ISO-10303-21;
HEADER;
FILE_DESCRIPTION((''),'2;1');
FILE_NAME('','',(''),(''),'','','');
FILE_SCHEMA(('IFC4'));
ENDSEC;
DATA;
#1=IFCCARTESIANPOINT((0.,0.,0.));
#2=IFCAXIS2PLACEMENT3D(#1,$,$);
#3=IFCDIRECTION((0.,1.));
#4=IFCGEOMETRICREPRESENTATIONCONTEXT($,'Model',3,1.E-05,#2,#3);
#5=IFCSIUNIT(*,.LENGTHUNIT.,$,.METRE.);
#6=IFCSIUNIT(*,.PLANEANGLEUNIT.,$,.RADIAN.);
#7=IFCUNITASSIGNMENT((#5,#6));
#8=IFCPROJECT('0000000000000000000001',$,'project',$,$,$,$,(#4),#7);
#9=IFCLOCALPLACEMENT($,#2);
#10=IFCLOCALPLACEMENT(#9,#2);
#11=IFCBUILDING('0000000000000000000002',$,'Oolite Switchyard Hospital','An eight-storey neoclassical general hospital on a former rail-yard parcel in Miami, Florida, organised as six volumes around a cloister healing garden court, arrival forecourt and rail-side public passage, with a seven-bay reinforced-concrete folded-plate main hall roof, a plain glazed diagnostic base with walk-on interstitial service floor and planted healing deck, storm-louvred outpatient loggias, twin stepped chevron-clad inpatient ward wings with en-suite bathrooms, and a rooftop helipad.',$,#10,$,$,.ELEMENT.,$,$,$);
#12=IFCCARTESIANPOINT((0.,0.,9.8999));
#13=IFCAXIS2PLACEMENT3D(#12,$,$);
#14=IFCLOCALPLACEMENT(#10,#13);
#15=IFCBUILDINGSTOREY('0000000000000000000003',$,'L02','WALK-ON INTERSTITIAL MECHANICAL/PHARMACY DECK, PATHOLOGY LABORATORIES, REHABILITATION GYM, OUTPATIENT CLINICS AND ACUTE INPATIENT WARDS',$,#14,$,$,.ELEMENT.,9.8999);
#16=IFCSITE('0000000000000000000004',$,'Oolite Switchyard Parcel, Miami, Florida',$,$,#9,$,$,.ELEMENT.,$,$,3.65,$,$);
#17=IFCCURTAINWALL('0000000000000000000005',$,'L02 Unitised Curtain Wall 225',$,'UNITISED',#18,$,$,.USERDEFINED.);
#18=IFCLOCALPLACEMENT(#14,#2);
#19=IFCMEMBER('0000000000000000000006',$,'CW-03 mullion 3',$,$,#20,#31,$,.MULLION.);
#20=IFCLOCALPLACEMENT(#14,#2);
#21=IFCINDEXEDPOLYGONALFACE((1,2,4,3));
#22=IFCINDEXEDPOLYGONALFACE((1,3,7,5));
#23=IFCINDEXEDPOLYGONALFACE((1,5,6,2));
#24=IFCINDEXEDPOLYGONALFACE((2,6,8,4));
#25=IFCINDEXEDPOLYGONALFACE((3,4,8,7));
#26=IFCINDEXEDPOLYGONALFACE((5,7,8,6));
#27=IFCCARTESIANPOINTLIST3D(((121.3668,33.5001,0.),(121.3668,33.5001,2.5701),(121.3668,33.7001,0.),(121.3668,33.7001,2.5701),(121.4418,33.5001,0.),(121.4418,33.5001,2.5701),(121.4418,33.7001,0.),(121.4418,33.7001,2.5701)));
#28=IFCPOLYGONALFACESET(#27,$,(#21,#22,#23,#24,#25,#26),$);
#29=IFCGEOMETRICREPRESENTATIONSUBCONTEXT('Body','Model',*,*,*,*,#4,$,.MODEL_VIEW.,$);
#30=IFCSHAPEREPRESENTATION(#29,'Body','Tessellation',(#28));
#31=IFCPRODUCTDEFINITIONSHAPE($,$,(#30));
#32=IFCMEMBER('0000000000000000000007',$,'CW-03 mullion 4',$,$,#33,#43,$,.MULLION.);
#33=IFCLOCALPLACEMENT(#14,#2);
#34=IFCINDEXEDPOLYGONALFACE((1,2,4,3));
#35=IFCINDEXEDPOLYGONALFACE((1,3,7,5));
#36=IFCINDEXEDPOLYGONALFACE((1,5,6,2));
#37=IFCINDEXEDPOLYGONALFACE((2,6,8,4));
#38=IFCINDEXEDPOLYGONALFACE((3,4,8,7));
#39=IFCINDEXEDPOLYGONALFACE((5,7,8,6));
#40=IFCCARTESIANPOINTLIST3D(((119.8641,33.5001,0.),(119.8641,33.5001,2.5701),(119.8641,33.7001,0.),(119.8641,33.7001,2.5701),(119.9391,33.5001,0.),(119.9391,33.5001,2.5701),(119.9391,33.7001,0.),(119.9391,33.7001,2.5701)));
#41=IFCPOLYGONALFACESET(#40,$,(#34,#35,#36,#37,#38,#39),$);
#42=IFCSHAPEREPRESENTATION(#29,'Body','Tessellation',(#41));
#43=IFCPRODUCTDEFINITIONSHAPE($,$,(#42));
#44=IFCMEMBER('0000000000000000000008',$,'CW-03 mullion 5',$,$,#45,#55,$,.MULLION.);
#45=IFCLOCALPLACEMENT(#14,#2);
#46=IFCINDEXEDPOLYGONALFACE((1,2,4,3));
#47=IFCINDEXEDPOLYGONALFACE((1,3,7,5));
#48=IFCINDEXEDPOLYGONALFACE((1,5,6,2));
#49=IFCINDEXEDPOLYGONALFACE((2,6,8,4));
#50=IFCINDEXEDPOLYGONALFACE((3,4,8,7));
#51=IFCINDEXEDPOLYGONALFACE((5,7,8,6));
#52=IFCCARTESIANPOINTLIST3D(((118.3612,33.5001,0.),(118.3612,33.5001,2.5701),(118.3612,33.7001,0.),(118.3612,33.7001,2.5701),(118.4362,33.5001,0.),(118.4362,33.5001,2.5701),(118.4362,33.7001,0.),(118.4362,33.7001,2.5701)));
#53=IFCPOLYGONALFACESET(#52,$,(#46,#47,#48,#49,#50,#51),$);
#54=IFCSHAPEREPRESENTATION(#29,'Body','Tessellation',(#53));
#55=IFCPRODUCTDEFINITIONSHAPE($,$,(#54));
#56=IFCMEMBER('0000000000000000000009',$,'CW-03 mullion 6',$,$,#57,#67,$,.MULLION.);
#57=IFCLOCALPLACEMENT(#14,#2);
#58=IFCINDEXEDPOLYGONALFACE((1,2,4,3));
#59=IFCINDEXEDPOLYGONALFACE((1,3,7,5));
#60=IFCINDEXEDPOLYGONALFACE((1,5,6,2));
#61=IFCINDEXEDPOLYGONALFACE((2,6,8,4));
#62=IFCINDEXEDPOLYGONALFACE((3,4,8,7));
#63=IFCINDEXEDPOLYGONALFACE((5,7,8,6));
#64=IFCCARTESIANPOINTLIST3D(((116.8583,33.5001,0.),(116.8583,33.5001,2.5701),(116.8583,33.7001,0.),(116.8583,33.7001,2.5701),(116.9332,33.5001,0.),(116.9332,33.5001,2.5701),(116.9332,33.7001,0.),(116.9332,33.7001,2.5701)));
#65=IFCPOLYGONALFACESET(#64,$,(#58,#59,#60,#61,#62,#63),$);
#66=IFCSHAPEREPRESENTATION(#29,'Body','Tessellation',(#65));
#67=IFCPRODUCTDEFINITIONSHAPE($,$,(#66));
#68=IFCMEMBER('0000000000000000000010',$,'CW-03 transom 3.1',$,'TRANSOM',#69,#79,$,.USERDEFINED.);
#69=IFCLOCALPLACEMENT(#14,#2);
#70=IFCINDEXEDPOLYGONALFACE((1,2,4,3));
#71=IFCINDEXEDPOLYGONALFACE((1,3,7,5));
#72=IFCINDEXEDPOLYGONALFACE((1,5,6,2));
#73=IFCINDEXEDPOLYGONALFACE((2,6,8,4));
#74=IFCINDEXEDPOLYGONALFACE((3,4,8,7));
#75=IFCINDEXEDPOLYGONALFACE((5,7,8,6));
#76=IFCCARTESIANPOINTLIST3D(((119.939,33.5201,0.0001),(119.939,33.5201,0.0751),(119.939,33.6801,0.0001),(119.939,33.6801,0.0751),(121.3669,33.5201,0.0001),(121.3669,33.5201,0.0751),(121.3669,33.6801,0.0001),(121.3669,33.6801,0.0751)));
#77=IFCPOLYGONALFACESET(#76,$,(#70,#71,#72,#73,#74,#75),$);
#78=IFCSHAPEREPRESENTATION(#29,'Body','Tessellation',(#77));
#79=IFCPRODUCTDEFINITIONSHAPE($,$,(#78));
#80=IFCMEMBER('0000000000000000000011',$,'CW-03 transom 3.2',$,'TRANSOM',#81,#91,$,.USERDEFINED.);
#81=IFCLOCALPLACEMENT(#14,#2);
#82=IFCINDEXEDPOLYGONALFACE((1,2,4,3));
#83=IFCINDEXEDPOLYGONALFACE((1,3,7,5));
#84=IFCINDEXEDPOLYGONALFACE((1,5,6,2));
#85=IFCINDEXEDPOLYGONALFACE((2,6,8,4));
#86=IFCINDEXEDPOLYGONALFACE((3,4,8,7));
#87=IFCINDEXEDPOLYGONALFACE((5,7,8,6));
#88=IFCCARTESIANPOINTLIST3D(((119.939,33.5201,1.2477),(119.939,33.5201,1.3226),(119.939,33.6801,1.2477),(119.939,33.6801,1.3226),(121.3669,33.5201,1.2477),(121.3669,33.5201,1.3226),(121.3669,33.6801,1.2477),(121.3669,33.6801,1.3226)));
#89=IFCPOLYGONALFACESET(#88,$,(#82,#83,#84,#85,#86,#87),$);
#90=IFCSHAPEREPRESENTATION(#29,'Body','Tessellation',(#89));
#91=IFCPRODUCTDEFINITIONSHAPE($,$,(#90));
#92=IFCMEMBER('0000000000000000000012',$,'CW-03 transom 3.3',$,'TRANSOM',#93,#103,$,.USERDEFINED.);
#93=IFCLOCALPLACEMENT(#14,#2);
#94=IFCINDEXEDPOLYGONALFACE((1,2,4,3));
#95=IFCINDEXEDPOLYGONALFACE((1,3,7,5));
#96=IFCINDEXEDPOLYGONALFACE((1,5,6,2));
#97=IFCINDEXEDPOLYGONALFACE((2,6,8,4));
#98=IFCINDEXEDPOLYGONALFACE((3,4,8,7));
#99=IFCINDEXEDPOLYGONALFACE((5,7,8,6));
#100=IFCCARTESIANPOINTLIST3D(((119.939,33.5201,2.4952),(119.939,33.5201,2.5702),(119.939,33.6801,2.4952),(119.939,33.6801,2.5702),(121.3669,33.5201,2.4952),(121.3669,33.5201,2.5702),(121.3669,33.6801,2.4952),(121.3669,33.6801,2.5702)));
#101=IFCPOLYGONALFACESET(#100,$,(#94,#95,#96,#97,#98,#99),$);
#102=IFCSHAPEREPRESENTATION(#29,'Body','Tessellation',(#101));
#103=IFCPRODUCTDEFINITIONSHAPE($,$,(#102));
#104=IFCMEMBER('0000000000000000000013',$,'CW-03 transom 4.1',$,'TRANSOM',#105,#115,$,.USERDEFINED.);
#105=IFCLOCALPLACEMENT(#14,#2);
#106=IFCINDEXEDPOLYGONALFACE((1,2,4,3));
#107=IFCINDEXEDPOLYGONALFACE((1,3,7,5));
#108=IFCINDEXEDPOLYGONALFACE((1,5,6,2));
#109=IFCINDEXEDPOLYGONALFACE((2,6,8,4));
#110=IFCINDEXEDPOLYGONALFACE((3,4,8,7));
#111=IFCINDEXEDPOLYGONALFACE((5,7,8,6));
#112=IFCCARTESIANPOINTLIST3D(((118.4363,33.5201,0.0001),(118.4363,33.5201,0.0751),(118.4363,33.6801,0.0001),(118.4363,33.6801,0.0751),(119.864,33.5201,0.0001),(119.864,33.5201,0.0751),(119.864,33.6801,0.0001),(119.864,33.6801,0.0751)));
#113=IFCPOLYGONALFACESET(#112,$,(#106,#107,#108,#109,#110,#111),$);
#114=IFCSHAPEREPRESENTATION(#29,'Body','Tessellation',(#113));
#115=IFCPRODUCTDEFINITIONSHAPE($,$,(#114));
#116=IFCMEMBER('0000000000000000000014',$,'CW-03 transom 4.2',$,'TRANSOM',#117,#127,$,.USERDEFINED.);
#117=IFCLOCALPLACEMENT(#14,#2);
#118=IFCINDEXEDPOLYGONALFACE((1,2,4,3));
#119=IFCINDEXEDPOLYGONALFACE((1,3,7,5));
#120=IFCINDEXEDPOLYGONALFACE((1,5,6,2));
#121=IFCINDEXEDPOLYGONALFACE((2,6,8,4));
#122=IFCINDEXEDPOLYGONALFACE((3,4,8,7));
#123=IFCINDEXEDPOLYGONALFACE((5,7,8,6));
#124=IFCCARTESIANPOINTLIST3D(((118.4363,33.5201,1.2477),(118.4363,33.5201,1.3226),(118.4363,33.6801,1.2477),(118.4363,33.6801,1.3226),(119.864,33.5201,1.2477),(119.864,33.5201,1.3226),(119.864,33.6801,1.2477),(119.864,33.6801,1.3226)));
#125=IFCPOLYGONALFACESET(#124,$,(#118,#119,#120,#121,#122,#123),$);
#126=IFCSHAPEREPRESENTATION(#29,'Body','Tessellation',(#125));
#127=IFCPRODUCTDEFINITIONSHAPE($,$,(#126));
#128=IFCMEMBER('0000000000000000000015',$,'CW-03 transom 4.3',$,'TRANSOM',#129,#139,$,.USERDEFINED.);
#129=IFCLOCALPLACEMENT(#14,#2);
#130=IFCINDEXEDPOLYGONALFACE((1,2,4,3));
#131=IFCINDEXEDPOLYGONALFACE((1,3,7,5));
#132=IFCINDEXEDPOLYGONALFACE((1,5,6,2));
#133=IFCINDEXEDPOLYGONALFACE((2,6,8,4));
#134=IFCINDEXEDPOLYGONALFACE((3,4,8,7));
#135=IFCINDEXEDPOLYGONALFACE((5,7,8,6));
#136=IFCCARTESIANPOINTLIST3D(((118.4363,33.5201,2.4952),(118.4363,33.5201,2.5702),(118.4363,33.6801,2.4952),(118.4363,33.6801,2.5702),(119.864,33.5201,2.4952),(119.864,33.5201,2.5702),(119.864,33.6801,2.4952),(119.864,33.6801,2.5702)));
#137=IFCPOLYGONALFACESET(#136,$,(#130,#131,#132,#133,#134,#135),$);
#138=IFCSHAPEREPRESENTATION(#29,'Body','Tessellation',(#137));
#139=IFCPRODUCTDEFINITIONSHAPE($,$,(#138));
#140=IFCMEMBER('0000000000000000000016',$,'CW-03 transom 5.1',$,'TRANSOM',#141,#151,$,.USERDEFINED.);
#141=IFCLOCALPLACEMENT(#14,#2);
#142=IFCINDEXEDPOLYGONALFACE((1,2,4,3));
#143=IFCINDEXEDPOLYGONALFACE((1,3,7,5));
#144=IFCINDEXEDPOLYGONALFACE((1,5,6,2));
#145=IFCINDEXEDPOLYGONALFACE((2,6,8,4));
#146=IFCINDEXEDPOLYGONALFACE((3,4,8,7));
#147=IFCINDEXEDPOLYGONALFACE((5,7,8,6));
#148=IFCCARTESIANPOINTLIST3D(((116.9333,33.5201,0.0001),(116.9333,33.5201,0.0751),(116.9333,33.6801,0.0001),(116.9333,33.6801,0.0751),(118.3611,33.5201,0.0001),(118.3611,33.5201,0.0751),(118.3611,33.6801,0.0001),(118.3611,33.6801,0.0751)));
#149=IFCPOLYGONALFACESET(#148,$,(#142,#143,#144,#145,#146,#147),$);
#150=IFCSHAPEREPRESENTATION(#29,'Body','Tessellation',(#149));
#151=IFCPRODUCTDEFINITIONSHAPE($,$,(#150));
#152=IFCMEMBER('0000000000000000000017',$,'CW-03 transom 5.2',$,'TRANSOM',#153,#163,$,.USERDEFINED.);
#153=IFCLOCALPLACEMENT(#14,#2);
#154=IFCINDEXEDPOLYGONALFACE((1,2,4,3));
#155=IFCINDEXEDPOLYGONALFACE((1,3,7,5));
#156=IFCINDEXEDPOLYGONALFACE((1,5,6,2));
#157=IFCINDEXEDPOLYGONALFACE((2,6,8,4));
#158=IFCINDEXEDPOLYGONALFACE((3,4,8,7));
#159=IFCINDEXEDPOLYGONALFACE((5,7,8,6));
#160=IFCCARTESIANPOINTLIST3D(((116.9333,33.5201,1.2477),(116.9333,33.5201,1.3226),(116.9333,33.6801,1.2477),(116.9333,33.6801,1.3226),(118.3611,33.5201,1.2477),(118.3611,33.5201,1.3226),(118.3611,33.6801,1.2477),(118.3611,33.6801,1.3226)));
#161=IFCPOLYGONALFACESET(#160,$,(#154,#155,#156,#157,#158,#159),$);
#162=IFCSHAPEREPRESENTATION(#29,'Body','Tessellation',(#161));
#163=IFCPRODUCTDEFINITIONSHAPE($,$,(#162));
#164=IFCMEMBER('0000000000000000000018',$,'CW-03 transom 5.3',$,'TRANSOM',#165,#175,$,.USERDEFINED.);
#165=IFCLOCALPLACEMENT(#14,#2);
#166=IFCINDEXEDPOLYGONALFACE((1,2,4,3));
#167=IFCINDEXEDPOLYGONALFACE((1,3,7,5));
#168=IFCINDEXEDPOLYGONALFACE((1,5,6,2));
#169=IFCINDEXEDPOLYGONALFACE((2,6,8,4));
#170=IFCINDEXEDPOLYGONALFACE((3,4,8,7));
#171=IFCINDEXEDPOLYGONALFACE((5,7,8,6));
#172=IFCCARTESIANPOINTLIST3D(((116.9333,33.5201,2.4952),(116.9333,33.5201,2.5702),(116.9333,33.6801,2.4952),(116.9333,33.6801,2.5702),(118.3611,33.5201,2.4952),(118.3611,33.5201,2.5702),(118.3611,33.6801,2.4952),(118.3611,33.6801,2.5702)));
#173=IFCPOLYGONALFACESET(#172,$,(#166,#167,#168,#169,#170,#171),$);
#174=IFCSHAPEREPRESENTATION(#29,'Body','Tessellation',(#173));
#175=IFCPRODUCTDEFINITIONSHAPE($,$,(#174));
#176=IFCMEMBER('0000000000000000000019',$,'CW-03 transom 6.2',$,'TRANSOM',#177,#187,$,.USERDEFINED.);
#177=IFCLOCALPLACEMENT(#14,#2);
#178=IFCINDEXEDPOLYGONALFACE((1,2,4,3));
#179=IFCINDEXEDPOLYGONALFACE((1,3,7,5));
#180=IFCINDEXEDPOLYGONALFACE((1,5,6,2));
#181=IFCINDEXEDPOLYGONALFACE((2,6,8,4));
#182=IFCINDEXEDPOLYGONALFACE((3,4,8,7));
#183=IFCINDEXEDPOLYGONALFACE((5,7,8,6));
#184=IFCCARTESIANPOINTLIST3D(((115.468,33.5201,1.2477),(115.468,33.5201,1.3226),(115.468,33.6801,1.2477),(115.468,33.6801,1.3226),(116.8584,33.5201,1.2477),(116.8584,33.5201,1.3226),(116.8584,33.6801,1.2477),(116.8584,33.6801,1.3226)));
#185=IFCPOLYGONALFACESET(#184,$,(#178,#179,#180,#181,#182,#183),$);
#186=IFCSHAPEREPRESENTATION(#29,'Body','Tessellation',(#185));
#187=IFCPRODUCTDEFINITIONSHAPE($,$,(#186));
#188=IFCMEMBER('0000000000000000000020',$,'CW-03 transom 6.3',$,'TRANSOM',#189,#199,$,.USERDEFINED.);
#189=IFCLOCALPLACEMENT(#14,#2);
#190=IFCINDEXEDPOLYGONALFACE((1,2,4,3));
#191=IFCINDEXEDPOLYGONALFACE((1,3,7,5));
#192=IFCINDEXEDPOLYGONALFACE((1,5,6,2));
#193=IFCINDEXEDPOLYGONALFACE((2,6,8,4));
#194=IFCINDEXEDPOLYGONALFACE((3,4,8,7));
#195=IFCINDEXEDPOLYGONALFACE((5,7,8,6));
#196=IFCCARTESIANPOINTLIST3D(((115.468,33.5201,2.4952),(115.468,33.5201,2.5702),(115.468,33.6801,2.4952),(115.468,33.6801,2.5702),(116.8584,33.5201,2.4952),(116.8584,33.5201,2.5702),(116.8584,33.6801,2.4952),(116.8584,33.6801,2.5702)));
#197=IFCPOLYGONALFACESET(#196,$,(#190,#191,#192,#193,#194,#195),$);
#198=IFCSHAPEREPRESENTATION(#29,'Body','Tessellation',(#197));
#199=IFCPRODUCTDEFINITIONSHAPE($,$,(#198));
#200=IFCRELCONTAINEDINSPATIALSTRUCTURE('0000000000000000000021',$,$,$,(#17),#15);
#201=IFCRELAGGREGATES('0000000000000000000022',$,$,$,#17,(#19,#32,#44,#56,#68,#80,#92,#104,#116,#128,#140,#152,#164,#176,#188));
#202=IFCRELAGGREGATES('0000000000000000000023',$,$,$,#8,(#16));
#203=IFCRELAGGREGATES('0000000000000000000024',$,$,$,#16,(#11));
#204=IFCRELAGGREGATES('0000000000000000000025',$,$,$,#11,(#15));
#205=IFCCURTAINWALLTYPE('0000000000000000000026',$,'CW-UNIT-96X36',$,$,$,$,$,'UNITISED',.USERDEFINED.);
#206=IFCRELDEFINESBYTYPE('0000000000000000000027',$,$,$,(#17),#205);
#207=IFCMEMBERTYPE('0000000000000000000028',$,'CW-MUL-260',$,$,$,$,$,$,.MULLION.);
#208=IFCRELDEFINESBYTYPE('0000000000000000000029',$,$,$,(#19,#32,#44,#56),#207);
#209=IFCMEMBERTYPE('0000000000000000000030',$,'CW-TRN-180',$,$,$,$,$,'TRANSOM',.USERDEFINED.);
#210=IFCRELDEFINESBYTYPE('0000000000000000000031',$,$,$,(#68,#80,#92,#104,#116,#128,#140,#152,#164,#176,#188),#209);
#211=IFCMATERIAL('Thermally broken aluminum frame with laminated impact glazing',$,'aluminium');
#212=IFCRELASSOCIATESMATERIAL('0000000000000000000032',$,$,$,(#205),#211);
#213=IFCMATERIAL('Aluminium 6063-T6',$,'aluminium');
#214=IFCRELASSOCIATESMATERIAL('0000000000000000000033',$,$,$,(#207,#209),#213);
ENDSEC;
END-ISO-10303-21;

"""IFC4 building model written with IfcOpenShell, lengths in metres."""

from ifc_helpers import new_model, si_unit, direction, frame, origin, origin_2d, place, context, subcontext, project, spatial, rectangle, extrude, material, material_profile, profile_set, type_object, element, aggregate, save


model = new_model("IFC4")

# Units and contexts
model_context = context("Model", 3, precision=1e-05, world=origin(), true_north=direction((0.0, 1.0)))
body_context = subcontext(model_context, "Body", "Model", "MODEL_VIEW")
ifc_project = project(units=[si_unit("LENGTHUNIT", "METRE"), si_unit("PLANEANGLEUNIT", "RADIAN")], contexts=[model_context])

# Site, building, storey
site_placement = place(None, origin())
site = spatial("IfcSite", under=ifc_project, at=site_placement, Name="Oolite Switchyard Parcel, Miami, Florida", CompositionType="ELEMENT", RefElevation=3.65)
building_placement = place(site_placement, origin())
building = spatial("IfcBuilding", under=site, at=building_placement, Name="Oolite Switchyard Hospital", Description="An eight-storey neoclassical general hospital on a former rail-yard parcel in Miami, Florida, organised as six volumes around a cloister healing garden court, arrival forecourt and rail-side public passage, with a seven-bay reinforced-concrete folded-plate main hall roof, a plain glazed diagnostic base with walk-on interstitial service floor and planted healing deck, storm-louvred outpatient loggias, twin stepped chevron-clad inpatient ward wings with en-suite bathrooms, and a rooftop helipad.", CompositionType="ELEMENT")
storey_placement = place(building_placement, frame((0.0, 0.0, 9.8999)))
storey = spatial("IfcBuildingStorey", under=building, at=storey_placement, Name="L02", Description="WALK-ON INTERSTITIAL MECHANICAL/PHARMACY DECK, PATHOLOGY LABORATORIES, REHABILITATION GYM, OUTPATIENT CLINICS AND ACUTE INPATIENT WARDS", CompositionType="ELEMENT", Elevation=9.8999)

# Curtain wall, members
ifc_material_1 = material(Name="Thermally broken aluminum frame with laminated impact glazing", Category="aluminium")
curtain_wall_type = type_object("IfcCurtainWallType", Name="CW-UNIT-96X36", ElementType="UNITISED", PredefinedType="USERDEFINED", material=ifc_material_1)
curtain_wall_placement = place(storey_placement, origin())
curtain_wall = element("IfcCurtainWall", 1, at=curtain_wall_placement, inside=storey, type_object=curtain_wall_type, Name="L02 Unitised Curtain Wall 225", ObjectType="UNITISED", PredefinedType="USERDEFINED")
ifc_material_2 = material(Name="Aluminium 6063-T6", Category="aluminium")
ifc_material_profile_1 = material_profile(ifc_material_2, rectangle(XDim=0.2, YDim=0.075, at=origin_2d()), Name="CWM75X200")
ifc_profile_set_1 = profile_set([ifc_material_profile_1], Name="Aluminium 6063-T6")
member_type_1 = type_object("IfcMemberType", Name="CW-MUL-260", PredefinedType="MULLION", material=ifc_profile_set_1)
member_1_placement = place(storey_placement, frame((121.4043, 33.6001, 0.0), z_axis=(0.0, 0.0, 1.0), x_axis=(0.0, -1.0, 0.0)))
member_1 = element("IfcMember", 2, at=member_1_placement, type_object=member_type_1, Name="CW-03 mullion 3", PredefinedType="MULLION", context=body_context, shape_type="SweptSolid", body=[
    extrude(rectangle(XDim=0.2, YDim=0.075, at=origin_2d()), origin(), (0.0, 0.0, 1.0), 2.5701),
])
member_2_placement = place(storey_placement, frame((119.9016, 33.6001, 0.0), z_axis=(0.0, 0.0, 1.0), x_axis=(0.0, -1.0, 0.0)))
member_2 = element("IfcMember", 3, at=member_2_placement, type_object=member_type_1, Name="CW-03 mullion 4", PredefinedType="MULLION", context=body_context, shape_type="SweptSolid", body=[
    extrude(rectangle(XDim=0.2, YDim=0.075, at=origin_2d()), origin(), (0.0, 0.0, 1.0), 2.5701),
])
member_3_placement = place(storey_placement, frame((118.3987, 33.6001, 0.0), z_axis=(0.0, 0.0, 1.0), x_axis=(0.0, -1.0, 0.0)))
member_3 = element("IfcMember", 4, at=member_3_placement, type_object=member_type_1, Name="CW-03 mullion 5", PredefinedType="MULLION", context=body_context, shape_type="SweptSolid", body=[
    extrude(rectangle(XDim=0.2, YDim=0.075, at=origin_2d()), origin(), (0.0, 0.0, 1.0), 2.5701),
])
member_4_placement = place(storey_placement, frame((116.8958, 33.6001, 0.0), z_axis=(0.0, 0.0, 1.0), x_axis=(0.0, -1.0, 0.0)))
member_4 = element("IfcMember", 5, at=member_4_placement, type_object=member_type_1, Name="CW-03 mullion 6", PredefinedType="MULLION", context=body_context, shape_type="SweptSolid", body=[
    extrude(rectangle(XDim=0.2, YDim=0.075, at=origin_2d()), origin(), (0.0, 0.0, 1.0), 2.5701),
])
ifc_material_profile_2 = material_profile(ifc_material_2, rectangle(XDim=0.1599, YDim=0.075, at=origin_2d()), Name="CWT75X160")
ifc_profile_set_2 = profile_set([ifc_material_profile_2], Name="Aluminium 6063-T6")
member_type_2 = type_object("IfcMemberType", Name="CW-TRN-180", ElementType="TRANSOM", PredefinedType="USERDEFINED", material=ifc_profile_set_2)
member_5_placement = place(storey_placement, frame((121.3669, 33.6001, 0.0376), z_axis=(-1.0, 0.0, 0.0), x_axis=(0.0, -1.0, 0.0)))
member_5 = element("IfcMember", 6, at=member_5_placement, type_object=member_type_2, Name="CW-03 transom 3.1", ObjectType="TRANSOM", PredefinedType="USERDEFINED", context=body_context, shape_type="SweptSolid", body=[
    extrude(rectangle(XDim=0.1599, YDim=0.075, at=origin_2d()), origin(), (0.0, 0.0, 1.0), 1.428),
])
member_6_placement = place(storey_placement, frame((121.3669, 33.6001, 1.2852), z_axis=(-1.0, 0.0, 0.0), x_axis=(0.0, -1.0, 0.0)))
member_6 = element("IfcMember", 7, at=member_6_placement, type_object=member_type_2, Name="CW-03 transom 3.2", ObjectType="TRANSOM", PredefinedType="USERDEFINED", context=body_context, shape_type="SweptSolid", body=[
    extrude(rectangle(XDim=0.1599, YDim=0.075, at=origin_2d()), origin(), (0.0, 0.0, 1.0), 1.428),
])
member_7_placement = place(storey_placement, frame((121.3669, 33.6001, 2.5327), z_axis=(-1.0, 0.0, 0.0), x_axis=(0.0, -1.0, 0.0)))
member_7 = element("IfcMember", 8, at=member_7_placement, type_object=member_type_2, Name="CW-03 transom 3.3", ObjectType="TRANSOM", PredefinedType="USERDEFINED", context=body_context, shape_type="SweptSolid", body=[
    extrude(rectangle(XDim=0.1599, YDim=0.075, at=origin_2d()), origin(), (0.0, 0.0, 1.0), 1.428),
])
member_8_placement = place(storey_placement, frame((119.864, 33.6001, 0.0376), z_axis=(-1.0, 0.0, 0.0), x_axis=(0.0, -1.0, 0.0)))
member_8 = element("IfcMember", 9, at=member_8_placement, type_object=member_type_2, Name="CW-03 transom 4.1", ObjectType="TRANSOM", PredefinedType="USERDEFINED", context=body_context, shape_type="SweptSolid", body=[
    extrude(rectangle(XDim=0.1599, YDim=0.075, at=origin_2d()), origin(), (0.0, 0.0, 1.0), 1.4277),
])
member_9_placement = place(storey_placement, frame((119.864, 33.6001, 1.2852), z_axis=(-1.0, 0.0, 0.0), x_axis=(0.0, -1.0, 0.0)))
member_9 = element("IfcMember", 10, at=member_9_placement, type_object=member_type_2, Name="CW-03 transom 4.2", ObjectType="TRANSOM", PredefinedType="USERDEFINED", context=body_context, shape_type="SweptSolid", body=[
    extrude(rectangle(XDim=0.1599, YDim=0.075, at=origin_2d()), origin(), (0.0, 0.0, 1.0), 1.4277),
])
member_10_placement = place(storey_placement, frame((119.864, 33.6001, 2.5327), z_axis=(-1.0, 0.0, 0.0), x_axis=(0.0, -1.0, 0.0)))
member_10 = element("IfcMember", 11, at=member_10_placement, type_object=member_type_2, Name="CW-03 transom 4.3", ObjectType="TRANSOM", PredefinedType="USERDEFINED", context=body_context, shape_type="SweptSolid", body=[
    extrude(rectangle(XDim=0.1599, YDim=0.075, at=origin_2d()), origin(), (0.0, 0.0, 1.0), 1.4277),
])
member_11_placement = place(storey_placement, frame((118.3611, 33.6001, 0.0376), z_axis=(-1.0, 0.0, 0.0), x_axis=(0.0, -1.0, 0.0)))
member_11 = element("IfcMember", 12, at=member_11_placement, type_object=member_type_2, Name="CW-03 transom 5.1", ObjectType="TRANSOM", PredefinedType="USERDEFINED", context=body_context, shape_type="SweptSolid", body=[
    extrude(rectangle(XDim=0.1599, YDim=0.075, at=origin_2d()), origin(), (0.0, 0.0, 1.0), 1.4277),
])
member_12_placement = place(storey_placement, frame((118.3611, 33.6001, 1.2852), z_axis=(-1.0, 0.0, 0.0), x_axis=(0.0, -1.0, 0.0)))
member_12 = element("IfcMember", 13, at=member_12_placement, type_object=member_type_2, Name="CW-03 transom 5.2", ObjectType="TRANSOM", PredefinedType="USERDEFINED", context=body_context, shape_type="SweptSolid", body=[
    extrude(rectangle(XDim=0.1599, YDim=0.075, at=origin_2d()), origin(), (0.0, 0.0, 1.0), 1.4277),
])
member_13_placement = place(storey_placement, frame((118.3611, 33.6001, 2.5327), z_axis=(-1.0, 0.0, 0.0), x_axis=(0.0, -1.0, 0.0)))
member_13 = element("IfcMember", 14, at=member_13_placement, type_object=member_type_2, Name="CW-03 transom 5.3", ObjectType="TRANSOM", PredefinedType="USERDEFINED", context=body_context, shape_type="SweptSolid", body=[
    extrude(rectangle(XDim=0.1599, YDim=0.075, at=origin_2d()), origin(), (0.0, 0.0, 1.0), 1.4277),
])
member_14_placement = place(storey_placement, frame((116.8584, 33.6001, 1.2852), z_axis=(-1.0, 0.0, 0.0), x_axis=(0.0, -1.0, 0.0)))
member_14 = element("IfcMember", 15, at=member_14_placement, type_object=member_type_2, Name="CW-03 transom 6.2", ObjectType="TRANSOM", PredefinedType="USERDEFINED", context=body_context, shape_type="SweptSolid", body=[
    extrude(rectangle(XDim=0.1599, YDim=0.075, at=origin_2d()), origin(), (0.0, 0.0, 1.0), 1.3904),
])
member_15_placement = place(storey_placement, frame((116.8584, 33.6001, 2.5327), z_axis=(-1.0, 0.0, 0.0), x_axis=(0.0, -1.0, 0.0)))
member_15 = element("IfcMember", 16, at=member_15_placement, type_object=member_type_2, Name="CW-03 transom 6.3", ObjectType="TRANSOM", PredefinedType="USERDEFINED", context=body_context, shape_type="SweptSolid", body=[
    extrude(rectangle(XDim=0.1599, YDim=0.075, at=origin_2d()), origin(), (0.0, 0.0, 1.0), 1.3904),
])
aggregate(curtain_wall, [member_1, member_2, member_3, member_4, member_5, member_6, member_7, member_8, member_9, member_10, member_11, member_12, member_13, member_14, member_15])

save(model, "model.ifc")
